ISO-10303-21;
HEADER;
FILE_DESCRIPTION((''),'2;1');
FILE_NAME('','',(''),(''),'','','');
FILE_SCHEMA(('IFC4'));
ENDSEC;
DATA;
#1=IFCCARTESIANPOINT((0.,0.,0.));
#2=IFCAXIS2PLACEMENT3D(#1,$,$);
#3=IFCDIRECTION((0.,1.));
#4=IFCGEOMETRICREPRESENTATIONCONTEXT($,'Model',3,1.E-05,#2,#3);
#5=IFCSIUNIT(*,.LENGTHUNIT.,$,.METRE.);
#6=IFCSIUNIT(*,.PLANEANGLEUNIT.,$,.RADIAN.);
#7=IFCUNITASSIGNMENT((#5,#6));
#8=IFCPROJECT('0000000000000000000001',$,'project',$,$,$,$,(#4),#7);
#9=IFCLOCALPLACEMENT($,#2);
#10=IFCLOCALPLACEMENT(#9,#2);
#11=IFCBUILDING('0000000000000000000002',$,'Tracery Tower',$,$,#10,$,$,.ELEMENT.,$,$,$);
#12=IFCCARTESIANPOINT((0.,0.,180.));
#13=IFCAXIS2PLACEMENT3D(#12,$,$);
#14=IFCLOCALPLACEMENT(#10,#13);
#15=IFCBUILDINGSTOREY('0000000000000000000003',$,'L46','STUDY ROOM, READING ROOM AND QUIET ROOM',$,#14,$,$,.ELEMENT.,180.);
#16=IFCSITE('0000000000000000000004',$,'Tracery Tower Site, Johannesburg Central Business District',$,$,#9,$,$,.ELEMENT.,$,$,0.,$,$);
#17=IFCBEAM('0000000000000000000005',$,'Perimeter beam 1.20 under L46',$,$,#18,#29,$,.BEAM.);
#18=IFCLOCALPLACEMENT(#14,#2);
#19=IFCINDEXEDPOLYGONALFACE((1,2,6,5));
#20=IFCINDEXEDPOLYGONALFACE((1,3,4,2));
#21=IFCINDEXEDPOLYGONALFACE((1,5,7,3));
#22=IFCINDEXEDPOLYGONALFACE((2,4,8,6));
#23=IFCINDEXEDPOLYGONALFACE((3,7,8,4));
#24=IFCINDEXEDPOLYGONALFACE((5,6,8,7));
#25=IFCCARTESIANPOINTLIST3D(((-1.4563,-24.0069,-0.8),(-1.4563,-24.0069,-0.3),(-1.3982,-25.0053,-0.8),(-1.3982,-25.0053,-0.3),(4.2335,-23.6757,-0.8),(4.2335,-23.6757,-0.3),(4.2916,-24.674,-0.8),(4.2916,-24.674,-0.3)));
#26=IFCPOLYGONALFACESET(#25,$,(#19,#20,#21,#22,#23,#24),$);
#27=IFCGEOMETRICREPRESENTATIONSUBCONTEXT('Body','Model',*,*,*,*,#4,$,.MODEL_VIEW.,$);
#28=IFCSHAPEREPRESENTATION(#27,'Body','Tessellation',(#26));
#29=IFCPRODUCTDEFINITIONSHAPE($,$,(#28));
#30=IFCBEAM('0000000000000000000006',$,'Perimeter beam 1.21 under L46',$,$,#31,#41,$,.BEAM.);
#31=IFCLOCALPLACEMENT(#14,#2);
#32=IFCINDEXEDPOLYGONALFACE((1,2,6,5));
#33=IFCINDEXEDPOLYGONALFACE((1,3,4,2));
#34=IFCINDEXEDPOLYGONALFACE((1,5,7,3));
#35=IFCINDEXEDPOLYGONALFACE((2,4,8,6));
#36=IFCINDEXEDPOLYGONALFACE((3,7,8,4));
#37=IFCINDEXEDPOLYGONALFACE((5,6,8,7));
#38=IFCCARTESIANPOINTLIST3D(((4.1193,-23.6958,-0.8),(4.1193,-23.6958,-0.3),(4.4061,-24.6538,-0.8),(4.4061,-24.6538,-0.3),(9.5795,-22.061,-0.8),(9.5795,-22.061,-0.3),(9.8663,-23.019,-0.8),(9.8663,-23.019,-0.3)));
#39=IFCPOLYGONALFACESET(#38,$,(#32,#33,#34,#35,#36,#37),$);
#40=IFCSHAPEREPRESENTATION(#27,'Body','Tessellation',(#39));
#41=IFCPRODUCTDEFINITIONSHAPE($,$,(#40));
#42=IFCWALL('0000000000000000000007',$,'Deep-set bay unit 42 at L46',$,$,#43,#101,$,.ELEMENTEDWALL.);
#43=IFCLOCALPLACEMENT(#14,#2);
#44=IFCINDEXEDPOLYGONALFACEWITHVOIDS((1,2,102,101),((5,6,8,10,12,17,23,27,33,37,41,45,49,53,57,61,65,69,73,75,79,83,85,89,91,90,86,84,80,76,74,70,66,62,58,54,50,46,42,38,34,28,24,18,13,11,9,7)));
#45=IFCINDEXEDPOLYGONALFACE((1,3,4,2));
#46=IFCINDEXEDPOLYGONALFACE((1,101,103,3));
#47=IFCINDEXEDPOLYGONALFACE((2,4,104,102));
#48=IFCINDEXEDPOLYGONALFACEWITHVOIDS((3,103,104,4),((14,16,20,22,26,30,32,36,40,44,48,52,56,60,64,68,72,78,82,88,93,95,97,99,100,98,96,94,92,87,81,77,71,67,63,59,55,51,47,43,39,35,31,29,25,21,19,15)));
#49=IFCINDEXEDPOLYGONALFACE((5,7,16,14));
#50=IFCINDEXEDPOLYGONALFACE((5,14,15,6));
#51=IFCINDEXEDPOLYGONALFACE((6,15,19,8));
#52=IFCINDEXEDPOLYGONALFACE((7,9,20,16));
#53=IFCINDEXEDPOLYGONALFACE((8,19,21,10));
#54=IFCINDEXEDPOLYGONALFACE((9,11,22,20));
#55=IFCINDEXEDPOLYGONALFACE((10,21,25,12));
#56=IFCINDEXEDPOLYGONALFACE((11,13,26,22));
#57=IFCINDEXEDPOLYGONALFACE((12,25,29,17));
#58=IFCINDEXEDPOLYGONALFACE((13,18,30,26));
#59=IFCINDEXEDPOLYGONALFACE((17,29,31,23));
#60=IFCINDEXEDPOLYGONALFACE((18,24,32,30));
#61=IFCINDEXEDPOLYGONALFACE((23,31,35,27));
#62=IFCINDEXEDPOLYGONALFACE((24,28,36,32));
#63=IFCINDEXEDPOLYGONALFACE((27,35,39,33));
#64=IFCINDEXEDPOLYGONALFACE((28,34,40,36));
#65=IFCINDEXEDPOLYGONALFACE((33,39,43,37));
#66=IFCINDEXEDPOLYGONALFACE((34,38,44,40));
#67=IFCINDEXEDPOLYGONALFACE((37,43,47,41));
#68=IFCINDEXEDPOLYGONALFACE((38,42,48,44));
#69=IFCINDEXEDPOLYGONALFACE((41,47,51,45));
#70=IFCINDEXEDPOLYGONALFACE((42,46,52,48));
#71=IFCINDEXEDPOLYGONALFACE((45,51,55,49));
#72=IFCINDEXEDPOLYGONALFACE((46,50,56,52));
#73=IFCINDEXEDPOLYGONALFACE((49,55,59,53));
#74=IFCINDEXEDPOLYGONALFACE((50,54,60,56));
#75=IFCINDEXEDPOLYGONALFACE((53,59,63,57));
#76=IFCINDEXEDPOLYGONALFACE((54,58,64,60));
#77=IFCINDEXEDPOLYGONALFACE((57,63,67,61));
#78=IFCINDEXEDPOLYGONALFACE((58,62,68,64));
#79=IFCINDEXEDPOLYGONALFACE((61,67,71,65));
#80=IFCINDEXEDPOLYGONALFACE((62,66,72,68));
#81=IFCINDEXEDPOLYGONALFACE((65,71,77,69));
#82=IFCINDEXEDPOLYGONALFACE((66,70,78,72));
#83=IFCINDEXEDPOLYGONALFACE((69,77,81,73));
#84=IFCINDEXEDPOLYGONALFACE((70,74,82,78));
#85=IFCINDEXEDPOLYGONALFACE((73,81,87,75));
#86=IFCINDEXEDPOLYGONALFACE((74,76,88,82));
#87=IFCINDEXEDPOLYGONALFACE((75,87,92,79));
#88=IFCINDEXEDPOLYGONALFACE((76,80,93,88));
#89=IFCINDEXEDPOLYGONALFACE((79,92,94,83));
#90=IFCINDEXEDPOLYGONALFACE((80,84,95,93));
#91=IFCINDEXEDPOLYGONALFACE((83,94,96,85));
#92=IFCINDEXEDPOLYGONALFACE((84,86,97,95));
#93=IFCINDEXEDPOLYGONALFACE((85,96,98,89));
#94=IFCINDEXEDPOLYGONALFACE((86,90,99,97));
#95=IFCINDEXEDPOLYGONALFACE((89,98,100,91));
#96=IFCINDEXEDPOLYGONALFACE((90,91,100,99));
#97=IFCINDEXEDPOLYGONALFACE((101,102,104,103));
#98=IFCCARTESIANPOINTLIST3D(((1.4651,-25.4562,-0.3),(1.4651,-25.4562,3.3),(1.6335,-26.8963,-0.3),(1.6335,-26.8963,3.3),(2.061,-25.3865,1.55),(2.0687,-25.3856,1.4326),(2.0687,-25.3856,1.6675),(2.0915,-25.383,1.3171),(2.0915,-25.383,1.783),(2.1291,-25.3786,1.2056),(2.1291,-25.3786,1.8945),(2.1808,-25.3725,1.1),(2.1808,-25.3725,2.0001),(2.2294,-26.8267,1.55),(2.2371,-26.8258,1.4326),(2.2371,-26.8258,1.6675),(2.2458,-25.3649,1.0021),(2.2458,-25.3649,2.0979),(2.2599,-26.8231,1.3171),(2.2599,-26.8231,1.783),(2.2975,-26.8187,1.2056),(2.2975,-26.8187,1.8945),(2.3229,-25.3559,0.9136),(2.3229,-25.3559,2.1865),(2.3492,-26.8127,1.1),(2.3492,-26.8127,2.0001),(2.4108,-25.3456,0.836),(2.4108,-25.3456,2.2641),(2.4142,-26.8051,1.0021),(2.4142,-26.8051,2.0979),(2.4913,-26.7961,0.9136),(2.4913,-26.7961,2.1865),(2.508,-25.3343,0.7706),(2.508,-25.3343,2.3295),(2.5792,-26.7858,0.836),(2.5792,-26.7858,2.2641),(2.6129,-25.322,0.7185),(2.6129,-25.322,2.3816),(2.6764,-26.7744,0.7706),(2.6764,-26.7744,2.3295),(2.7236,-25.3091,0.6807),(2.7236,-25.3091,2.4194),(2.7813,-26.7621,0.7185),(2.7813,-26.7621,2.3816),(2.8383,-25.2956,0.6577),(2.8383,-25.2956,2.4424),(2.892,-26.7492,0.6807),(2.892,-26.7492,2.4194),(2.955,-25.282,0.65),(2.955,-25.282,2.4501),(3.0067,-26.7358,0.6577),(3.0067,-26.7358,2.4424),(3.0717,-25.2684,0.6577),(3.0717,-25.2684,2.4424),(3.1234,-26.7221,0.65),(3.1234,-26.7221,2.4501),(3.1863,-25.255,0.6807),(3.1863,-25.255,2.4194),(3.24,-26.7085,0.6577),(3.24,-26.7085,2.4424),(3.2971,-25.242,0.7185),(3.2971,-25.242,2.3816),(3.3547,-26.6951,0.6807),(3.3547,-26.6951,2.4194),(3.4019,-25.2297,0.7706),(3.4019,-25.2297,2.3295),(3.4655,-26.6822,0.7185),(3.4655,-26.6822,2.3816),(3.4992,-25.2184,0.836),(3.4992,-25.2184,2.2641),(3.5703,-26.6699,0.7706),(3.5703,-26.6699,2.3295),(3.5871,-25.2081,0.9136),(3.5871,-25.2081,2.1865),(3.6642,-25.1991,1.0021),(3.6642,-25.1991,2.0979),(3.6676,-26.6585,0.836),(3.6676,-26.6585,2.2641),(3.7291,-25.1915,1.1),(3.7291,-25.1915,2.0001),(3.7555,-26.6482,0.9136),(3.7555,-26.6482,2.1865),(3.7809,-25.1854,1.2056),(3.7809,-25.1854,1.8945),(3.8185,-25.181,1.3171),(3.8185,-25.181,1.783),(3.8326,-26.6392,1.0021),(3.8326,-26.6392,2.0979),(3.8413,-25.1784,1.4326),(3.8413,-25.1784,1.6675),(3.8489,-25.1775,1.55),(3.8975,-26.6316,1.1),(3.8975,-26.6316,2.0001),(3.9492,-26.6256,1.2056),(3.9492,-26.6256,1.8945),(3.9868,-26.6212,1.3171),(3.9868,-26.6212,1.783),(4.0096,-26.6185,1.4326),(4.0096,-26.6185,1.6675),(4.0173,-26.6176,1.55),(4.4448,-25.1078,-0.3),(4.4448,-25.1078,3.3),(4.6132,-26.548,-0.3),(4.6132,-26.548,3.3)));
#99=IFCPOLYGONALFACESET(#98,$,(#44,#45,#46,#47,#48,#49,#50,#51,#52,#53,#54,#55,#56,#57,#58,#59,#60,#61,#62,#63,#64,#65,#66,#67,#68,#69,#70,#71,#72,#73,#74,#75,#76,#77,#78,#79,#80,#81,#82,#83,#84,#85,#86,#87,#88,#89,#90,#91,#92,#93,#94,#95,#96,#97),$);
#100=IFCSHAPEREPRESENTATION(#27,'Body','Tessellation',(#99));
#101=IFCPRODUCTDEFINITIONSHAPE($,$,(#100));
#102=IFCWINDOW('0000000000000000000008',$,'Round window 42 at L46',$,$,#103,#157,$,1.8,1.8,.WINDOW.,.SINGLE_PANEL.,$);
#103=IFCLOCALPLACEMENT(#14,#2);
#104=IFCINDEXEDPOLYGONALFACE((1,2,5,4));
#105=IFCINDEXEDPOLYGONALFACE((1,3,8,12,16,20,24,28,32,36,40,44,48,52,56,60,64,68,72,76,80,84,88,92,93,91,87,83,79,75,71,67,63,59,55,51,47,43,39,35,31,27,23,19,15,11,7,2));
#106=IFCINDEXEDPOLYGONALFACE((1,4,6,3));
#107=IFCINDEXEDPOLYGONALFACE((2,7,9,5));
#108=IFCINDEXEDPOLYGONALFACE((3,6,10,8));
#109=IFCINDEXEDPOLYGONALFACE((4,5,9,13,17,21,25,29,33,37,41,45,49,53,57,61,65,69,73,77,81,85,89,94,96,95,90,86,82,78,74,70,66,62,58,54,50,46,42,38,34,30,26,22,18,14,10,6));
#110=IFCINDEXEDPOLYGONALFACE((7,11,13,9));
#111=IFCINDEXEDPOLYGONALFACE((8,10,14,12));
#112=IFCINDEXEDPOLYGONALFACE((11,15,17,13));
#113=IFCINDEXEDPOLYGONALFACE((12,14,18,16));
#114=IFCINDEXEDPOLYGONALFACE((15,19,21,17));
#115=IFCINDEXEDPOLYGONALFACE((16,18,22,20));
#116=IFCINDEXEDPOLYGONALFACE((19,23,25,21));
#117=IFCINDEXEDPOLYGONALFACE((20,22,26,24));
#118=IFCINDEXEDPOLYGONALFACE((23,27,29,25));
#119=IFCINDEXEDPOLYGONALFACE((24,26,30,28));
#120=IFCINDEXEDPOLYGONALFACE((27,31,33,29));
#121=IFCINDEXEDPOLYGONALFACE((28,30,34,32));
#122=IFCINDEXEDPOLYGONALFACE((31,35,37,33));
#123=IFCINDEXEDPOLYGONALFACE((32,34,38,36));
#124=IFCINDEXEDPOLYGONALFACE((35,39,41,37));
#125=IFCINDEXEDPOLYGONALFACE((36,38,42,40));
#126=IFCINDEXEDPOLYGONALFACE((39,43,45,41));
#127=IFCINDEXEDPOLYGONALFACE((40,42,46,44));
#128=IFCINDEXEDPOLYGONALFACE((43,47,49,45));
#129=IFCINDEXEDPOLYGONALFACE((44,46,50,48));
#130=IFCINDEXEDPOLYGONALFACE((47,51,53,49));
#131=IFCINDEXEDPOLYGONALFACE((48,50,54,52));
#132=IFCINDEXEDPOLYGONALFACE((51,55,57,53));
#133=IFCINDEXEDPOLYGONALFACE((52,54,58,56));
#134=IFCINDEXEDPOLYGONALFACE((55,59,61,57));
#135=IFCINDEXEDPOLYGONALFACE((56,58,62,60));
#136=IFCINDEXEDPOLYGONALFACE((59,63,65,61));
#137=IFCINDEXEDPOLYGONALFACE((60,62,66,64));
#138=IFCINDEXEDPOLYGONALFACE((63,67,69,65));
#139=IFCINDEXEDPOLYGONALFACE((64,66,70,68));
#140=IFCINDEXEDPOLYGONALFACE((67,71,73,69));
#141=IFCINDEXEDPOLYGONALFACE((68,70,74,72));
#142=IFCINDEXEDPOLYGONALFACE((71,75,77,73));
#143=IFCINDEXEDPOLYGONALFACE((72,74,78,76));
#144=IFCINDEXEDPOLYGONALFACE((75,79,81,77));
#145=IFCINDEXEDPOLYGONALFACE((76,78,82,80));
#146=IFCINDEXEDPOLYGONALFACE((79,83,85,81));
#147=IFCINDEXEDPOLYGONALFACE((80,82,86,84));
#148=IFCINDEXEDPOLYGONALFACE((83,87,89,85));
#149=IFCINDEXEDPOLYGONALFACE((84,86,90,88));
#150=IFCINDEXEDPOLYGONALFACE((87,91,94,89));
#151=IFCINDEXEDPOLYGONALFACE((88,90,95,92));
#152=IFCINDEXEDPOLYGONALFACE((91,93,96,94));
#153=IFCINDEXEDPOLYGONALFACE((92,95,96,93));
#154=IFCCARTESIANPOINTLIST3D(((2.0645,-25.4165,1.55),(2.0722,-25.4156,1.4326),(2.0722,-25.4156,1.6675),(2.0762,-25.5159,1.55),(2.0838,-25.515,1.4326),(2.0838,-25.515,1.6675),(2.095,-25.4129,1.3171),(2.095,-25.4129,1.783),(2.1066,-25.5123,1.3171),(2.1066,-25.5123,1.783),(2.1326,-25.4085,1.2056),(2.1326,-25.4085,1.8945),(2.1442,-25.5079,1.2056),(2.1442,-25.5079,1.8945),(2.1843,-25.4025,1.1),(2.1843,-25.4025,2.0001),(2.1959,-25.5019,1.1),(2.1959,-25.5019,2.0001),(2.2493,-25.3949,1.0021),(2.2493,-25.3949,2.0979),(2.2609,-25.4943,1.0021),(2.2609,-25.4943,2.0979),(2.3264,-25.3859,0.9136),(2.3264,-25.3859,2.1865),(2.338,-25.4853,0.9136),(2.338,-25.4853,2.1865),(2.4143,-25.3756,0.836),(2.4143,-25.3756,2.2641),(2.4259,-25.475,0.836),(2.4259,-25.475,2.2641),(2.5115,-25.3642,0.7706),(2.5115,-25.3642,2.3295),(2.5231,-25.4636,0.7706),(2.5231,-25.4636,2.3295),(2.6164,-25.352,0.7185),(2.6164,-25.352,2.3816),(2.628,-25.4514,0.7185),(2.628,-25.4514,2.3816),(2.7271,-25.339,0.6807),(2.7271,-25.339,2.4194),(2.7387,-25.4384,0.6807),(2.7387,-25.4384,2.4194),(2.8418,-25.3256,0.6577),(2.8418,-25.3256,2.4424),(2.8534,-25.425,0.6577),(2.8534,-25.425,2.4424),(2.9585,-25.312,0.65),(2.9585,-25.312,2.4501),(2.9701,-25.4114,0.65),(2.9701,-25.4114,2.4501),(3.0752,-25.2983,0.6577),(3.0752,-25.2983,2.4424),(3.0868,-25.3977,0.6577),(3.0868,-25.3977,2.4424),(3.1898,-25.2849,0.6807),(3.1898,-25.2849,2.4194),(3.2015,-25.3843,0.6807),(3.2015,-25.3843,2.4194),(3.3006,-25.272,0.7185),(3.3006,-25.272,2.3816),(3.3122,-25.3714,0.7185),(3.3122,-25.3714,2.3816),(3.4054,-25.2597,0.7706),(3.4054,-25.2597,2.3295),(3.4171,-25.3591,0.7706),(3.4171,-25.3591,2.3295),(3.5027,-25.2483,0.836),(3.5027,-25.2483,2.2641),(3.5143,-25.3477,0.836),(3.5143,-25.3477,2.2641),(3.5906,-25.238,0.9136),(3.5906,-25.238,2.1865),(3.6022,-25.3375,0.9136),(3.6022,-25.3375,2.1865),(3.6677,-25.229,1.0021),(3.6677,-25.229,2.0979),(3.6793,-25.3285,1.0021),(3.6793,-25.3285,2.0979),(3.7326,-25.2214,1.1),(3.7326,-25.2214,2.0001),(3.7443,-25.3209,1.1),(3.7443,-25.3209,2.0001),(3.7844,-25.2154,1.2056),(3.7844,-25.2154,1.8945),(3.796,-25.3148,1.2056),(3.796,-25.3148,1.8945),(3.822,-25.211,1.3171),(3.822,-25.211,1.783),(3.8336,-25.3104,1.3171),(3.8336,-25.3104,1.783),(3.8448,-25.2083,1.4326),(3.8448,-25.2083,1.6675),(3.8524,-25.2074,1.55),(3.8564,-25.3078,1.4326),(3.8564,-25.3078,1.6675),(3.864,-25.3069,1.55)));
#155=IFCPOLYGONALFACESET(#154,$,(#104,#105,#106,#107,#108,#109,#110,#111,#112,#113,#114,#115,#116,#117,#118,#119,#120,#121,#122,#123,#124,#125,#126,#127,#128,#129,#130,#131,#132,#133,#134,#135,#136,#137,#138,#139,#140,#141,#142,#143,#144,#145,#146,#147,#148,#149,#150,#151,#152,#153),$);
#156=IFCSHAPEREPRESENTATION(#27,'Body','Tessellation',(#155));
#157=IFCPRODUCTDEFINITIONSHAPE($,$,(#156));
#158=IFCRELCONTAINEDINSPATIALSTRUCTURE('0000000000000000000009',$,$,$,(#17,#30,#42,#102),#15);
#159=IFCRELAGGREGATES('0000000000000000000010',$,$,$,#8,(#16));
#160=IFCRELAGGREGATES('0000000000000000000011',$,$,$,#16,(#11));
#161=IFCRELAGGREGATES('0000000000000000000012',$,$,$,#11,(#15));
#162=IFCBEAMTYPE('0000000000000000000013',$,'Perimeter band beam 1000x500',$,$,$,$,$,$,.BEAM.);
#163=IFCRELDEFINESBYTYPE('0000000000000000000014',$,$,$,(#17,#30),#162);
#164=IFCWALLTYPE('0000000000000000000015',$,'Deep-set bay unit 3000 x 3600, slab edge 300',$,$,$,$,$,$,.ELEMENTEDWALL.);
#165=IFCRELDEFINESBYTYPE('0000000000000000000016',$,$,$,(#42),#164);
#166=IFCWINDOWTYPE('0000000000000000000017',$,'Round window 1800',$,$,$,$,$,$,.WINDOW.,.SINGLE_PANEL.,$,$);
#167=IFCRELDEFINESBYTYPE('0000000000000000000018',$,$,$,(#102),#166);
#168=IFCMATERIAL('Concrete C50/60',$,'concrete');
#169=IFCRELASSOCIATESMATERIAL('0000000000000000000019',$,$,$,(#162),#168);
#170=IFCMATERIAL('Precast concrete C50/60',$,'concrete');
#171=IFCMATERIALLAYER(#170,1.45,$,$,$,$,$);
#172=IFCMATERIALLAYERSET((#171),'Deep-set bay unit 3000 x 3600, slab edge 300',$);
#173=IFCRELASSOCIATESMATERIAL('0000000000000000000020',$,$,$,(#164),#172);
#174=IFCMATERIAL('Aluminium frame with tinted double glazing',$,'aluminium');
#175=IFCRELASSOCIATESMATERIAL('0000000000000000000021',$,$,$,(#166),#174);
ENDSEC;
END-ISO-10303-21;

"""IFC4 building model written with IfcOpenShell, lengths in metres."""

from ifc_helpers import new_model, si_unit, direction, frame, frame_2d, origin, origin_2d, place, context, subcontext, project, spatial, rectangle, circle, extrude, material, layer, layer_set, material_profile, profile_set, type_object, element, fill, save


model = new_model("IFC4")

# Units and contexts
model_context = context("Model", 3, precision=1e-05, world=origin(), true_north=direction((0.0, 1.0)))
body_context = subcontext(model_context, "Body", "Model", "MODEL_VIEW")
ifc_project = project(units=[si_unit("LENGTHUNIT", "METRE"), si_unit("PLANEANGLEUNIT", "RADIAN")], contexts=[model_context])

# Site, building, storey
site_placement = place(None, origin())
site = spatial("IfcSite", under=ifc_project, at=site_placement, Name="Tracery Tower Site, Johannesburg Central Business District", CompositionType="ELEMENT", RefElevation=0.0)
building_placement = place(site_placement, origin())
building = spatial("IfcBuilding", under=site, at=building_placement, Name="Tracery Tower", CompositionType="ELEMENT")
storey_placement = place(building_placement, frame((0.0, 0.0, 180.0)))
storey = spatial("IfcBuildingStorey", under=building, at=storey_placement, Name="L46", Description="STUDY ROOM, READING ROOM AND QUIET ROOM", CompositionType="ELEMENT", Elevation=180.0)

# Beams
ifc_material_1 = material(Name="Concrete C50/60", Category="concrete")
ifc_material_profile_1 = material_profile(ifc_material_1, rectangle(XDim=1.0, YDim=0.5, at=origin_2d()), Name="RC 1000x500")
ifc_profile_set_1 = profile_set([ifc_material_profile_1], Name="Concrete C50/60")
beam_type = type_object("IfcBeamType", Name="Perimeter band beam 1000x500", PredefinedType="BEAM", material=ifc_profile_set_1)
beam_1_placement = place(storey_placement, frame((-1.4272, -24.5061, -0.55), z_axis=(0.998309, 0.058127, 0.0), x_axis=(-0.058127, 0.998309, 0.0)))
element("IfcBeam", 1, at=beam_1_placement, inside=storey, type_object=beam_type, Name="Perimeter beam 1.20 under L46", PredefinedType="BEAM", context=body_context, shape_type="SweptSolid", body=[
    extrude(rectangle(XDim=1.0, YDim=0.5, at=origin_2d()), origin(), (0.0, 0.0, 1.0), 5.6995),
])
beam_2_placement = place(storey_placement, frame((4.2627, -24.1748, -0.55), z_axis=(0.957985, 0.286817, 0.0), x_axis=(-0.286817, 0.957985, 0.0)))
element("IfcBeam", 2, at=beam_2_placement, inside=storey, type_object=beam_type, Name="Perimeter beam 1.21 under L46", PredefinedType="BEAM", context=body_context, shape_type="SweptSolid", body=[
    extrude(rectangle(XDim=1.0, YDim=0.5, at=origin_2d()), origin(), (0.0, 0.0, 1.0), 5.6997),
])

# Wall, opening, window
ifc_material_2 = material(Name="Precast concrete C50/60", Category="concrete")
ifc_layer_1 = layer(ifc_material_2, 1.45)
ifc_layer_set_1 = layer_set([ifc_layer_1], Name="Deep-set bay unit 3000 x 3600, slab edge 300")
wall_type_1 = type_object("IfcWallType", Name="Deep-set bay unit 3000 x 3600, slab edge 300", PredefinedType="ELEMENTEDWALL", material=ifc_layer_set_1)
wall_1_placement = place(storey_placement, frame((1.5493, -26.1763, -0.3), z_axis=(0.0, 0.0, 1.0), x_axis=(0.993234, 0.116128, 0.0)))
wall_1 = element("IfcWall", 3, at=wall_1_placement, inside=storey, type_object=wall_type_1, Name="Deep-set bay unit 42 at L46", PredefinedType="ELEMENTEDWALL", context=body_context, shape_type="SweptSolid", body=[
    extrude(rectangle(XDim=3.0, YDim=1.45, at=frame_2d((1.5, 0.0))), origin(), (0.0, 0.0, 1.0), 3.6001),
])
opening_1_placement = place(wall_1_placement, frame((1.5, 0.0, 1.8501)))
opening_1 = element("IfcOpeningElement", 4, at=opening_1_placement, cuts=wall_1, PredefinedType="OPENING", context=body_context, shape_type="SweptSolid", body=[
    extrude(circle(Radius=0.9, at=origin_2d()), frame((0.0, 0.7349, 0.0), z_axis=(0.0, -1.0, 0.0), x_axis=(1.0, 0.0, 0.0)), (0.0, 0.0, 1.0), 1.47),
])
ifc_material_3 = material(Name="Aluminium frame with tinted double glazing", Category="aluminium")
window_type = type_object("IfcWindowType", Name="Round window 1800", PartitioningType="SINGLE_PANEL", PredefinedType="WINDOW", material=ifc_material_3)
window_1_placement = place(opening_1_placement, origin())
window_1 = element("IfcWindow", 5, at=window_1_placement, inside=storey, type_object=window_type, Name="Round window 42 at L46", OverallHeight=1.8, OverallWidth=1.8, PartitioningType="SINGLE_PANEL", PredefinedType="WINDOW", context=body_context, shape_type="SweptSolid", body=[
    extrude(circle(Radius=0.9, at=origin_2d()), frame((0.0, 0.6948, 0.0), z_axis=(0.0, -1.0, 0.0), x_axis=(1.0, 0.0, 0.0)), (0.0, 0.0, 1.0), 0.1001),
])
fill(opening_1, window_1)

save(model, "model.ifc")
